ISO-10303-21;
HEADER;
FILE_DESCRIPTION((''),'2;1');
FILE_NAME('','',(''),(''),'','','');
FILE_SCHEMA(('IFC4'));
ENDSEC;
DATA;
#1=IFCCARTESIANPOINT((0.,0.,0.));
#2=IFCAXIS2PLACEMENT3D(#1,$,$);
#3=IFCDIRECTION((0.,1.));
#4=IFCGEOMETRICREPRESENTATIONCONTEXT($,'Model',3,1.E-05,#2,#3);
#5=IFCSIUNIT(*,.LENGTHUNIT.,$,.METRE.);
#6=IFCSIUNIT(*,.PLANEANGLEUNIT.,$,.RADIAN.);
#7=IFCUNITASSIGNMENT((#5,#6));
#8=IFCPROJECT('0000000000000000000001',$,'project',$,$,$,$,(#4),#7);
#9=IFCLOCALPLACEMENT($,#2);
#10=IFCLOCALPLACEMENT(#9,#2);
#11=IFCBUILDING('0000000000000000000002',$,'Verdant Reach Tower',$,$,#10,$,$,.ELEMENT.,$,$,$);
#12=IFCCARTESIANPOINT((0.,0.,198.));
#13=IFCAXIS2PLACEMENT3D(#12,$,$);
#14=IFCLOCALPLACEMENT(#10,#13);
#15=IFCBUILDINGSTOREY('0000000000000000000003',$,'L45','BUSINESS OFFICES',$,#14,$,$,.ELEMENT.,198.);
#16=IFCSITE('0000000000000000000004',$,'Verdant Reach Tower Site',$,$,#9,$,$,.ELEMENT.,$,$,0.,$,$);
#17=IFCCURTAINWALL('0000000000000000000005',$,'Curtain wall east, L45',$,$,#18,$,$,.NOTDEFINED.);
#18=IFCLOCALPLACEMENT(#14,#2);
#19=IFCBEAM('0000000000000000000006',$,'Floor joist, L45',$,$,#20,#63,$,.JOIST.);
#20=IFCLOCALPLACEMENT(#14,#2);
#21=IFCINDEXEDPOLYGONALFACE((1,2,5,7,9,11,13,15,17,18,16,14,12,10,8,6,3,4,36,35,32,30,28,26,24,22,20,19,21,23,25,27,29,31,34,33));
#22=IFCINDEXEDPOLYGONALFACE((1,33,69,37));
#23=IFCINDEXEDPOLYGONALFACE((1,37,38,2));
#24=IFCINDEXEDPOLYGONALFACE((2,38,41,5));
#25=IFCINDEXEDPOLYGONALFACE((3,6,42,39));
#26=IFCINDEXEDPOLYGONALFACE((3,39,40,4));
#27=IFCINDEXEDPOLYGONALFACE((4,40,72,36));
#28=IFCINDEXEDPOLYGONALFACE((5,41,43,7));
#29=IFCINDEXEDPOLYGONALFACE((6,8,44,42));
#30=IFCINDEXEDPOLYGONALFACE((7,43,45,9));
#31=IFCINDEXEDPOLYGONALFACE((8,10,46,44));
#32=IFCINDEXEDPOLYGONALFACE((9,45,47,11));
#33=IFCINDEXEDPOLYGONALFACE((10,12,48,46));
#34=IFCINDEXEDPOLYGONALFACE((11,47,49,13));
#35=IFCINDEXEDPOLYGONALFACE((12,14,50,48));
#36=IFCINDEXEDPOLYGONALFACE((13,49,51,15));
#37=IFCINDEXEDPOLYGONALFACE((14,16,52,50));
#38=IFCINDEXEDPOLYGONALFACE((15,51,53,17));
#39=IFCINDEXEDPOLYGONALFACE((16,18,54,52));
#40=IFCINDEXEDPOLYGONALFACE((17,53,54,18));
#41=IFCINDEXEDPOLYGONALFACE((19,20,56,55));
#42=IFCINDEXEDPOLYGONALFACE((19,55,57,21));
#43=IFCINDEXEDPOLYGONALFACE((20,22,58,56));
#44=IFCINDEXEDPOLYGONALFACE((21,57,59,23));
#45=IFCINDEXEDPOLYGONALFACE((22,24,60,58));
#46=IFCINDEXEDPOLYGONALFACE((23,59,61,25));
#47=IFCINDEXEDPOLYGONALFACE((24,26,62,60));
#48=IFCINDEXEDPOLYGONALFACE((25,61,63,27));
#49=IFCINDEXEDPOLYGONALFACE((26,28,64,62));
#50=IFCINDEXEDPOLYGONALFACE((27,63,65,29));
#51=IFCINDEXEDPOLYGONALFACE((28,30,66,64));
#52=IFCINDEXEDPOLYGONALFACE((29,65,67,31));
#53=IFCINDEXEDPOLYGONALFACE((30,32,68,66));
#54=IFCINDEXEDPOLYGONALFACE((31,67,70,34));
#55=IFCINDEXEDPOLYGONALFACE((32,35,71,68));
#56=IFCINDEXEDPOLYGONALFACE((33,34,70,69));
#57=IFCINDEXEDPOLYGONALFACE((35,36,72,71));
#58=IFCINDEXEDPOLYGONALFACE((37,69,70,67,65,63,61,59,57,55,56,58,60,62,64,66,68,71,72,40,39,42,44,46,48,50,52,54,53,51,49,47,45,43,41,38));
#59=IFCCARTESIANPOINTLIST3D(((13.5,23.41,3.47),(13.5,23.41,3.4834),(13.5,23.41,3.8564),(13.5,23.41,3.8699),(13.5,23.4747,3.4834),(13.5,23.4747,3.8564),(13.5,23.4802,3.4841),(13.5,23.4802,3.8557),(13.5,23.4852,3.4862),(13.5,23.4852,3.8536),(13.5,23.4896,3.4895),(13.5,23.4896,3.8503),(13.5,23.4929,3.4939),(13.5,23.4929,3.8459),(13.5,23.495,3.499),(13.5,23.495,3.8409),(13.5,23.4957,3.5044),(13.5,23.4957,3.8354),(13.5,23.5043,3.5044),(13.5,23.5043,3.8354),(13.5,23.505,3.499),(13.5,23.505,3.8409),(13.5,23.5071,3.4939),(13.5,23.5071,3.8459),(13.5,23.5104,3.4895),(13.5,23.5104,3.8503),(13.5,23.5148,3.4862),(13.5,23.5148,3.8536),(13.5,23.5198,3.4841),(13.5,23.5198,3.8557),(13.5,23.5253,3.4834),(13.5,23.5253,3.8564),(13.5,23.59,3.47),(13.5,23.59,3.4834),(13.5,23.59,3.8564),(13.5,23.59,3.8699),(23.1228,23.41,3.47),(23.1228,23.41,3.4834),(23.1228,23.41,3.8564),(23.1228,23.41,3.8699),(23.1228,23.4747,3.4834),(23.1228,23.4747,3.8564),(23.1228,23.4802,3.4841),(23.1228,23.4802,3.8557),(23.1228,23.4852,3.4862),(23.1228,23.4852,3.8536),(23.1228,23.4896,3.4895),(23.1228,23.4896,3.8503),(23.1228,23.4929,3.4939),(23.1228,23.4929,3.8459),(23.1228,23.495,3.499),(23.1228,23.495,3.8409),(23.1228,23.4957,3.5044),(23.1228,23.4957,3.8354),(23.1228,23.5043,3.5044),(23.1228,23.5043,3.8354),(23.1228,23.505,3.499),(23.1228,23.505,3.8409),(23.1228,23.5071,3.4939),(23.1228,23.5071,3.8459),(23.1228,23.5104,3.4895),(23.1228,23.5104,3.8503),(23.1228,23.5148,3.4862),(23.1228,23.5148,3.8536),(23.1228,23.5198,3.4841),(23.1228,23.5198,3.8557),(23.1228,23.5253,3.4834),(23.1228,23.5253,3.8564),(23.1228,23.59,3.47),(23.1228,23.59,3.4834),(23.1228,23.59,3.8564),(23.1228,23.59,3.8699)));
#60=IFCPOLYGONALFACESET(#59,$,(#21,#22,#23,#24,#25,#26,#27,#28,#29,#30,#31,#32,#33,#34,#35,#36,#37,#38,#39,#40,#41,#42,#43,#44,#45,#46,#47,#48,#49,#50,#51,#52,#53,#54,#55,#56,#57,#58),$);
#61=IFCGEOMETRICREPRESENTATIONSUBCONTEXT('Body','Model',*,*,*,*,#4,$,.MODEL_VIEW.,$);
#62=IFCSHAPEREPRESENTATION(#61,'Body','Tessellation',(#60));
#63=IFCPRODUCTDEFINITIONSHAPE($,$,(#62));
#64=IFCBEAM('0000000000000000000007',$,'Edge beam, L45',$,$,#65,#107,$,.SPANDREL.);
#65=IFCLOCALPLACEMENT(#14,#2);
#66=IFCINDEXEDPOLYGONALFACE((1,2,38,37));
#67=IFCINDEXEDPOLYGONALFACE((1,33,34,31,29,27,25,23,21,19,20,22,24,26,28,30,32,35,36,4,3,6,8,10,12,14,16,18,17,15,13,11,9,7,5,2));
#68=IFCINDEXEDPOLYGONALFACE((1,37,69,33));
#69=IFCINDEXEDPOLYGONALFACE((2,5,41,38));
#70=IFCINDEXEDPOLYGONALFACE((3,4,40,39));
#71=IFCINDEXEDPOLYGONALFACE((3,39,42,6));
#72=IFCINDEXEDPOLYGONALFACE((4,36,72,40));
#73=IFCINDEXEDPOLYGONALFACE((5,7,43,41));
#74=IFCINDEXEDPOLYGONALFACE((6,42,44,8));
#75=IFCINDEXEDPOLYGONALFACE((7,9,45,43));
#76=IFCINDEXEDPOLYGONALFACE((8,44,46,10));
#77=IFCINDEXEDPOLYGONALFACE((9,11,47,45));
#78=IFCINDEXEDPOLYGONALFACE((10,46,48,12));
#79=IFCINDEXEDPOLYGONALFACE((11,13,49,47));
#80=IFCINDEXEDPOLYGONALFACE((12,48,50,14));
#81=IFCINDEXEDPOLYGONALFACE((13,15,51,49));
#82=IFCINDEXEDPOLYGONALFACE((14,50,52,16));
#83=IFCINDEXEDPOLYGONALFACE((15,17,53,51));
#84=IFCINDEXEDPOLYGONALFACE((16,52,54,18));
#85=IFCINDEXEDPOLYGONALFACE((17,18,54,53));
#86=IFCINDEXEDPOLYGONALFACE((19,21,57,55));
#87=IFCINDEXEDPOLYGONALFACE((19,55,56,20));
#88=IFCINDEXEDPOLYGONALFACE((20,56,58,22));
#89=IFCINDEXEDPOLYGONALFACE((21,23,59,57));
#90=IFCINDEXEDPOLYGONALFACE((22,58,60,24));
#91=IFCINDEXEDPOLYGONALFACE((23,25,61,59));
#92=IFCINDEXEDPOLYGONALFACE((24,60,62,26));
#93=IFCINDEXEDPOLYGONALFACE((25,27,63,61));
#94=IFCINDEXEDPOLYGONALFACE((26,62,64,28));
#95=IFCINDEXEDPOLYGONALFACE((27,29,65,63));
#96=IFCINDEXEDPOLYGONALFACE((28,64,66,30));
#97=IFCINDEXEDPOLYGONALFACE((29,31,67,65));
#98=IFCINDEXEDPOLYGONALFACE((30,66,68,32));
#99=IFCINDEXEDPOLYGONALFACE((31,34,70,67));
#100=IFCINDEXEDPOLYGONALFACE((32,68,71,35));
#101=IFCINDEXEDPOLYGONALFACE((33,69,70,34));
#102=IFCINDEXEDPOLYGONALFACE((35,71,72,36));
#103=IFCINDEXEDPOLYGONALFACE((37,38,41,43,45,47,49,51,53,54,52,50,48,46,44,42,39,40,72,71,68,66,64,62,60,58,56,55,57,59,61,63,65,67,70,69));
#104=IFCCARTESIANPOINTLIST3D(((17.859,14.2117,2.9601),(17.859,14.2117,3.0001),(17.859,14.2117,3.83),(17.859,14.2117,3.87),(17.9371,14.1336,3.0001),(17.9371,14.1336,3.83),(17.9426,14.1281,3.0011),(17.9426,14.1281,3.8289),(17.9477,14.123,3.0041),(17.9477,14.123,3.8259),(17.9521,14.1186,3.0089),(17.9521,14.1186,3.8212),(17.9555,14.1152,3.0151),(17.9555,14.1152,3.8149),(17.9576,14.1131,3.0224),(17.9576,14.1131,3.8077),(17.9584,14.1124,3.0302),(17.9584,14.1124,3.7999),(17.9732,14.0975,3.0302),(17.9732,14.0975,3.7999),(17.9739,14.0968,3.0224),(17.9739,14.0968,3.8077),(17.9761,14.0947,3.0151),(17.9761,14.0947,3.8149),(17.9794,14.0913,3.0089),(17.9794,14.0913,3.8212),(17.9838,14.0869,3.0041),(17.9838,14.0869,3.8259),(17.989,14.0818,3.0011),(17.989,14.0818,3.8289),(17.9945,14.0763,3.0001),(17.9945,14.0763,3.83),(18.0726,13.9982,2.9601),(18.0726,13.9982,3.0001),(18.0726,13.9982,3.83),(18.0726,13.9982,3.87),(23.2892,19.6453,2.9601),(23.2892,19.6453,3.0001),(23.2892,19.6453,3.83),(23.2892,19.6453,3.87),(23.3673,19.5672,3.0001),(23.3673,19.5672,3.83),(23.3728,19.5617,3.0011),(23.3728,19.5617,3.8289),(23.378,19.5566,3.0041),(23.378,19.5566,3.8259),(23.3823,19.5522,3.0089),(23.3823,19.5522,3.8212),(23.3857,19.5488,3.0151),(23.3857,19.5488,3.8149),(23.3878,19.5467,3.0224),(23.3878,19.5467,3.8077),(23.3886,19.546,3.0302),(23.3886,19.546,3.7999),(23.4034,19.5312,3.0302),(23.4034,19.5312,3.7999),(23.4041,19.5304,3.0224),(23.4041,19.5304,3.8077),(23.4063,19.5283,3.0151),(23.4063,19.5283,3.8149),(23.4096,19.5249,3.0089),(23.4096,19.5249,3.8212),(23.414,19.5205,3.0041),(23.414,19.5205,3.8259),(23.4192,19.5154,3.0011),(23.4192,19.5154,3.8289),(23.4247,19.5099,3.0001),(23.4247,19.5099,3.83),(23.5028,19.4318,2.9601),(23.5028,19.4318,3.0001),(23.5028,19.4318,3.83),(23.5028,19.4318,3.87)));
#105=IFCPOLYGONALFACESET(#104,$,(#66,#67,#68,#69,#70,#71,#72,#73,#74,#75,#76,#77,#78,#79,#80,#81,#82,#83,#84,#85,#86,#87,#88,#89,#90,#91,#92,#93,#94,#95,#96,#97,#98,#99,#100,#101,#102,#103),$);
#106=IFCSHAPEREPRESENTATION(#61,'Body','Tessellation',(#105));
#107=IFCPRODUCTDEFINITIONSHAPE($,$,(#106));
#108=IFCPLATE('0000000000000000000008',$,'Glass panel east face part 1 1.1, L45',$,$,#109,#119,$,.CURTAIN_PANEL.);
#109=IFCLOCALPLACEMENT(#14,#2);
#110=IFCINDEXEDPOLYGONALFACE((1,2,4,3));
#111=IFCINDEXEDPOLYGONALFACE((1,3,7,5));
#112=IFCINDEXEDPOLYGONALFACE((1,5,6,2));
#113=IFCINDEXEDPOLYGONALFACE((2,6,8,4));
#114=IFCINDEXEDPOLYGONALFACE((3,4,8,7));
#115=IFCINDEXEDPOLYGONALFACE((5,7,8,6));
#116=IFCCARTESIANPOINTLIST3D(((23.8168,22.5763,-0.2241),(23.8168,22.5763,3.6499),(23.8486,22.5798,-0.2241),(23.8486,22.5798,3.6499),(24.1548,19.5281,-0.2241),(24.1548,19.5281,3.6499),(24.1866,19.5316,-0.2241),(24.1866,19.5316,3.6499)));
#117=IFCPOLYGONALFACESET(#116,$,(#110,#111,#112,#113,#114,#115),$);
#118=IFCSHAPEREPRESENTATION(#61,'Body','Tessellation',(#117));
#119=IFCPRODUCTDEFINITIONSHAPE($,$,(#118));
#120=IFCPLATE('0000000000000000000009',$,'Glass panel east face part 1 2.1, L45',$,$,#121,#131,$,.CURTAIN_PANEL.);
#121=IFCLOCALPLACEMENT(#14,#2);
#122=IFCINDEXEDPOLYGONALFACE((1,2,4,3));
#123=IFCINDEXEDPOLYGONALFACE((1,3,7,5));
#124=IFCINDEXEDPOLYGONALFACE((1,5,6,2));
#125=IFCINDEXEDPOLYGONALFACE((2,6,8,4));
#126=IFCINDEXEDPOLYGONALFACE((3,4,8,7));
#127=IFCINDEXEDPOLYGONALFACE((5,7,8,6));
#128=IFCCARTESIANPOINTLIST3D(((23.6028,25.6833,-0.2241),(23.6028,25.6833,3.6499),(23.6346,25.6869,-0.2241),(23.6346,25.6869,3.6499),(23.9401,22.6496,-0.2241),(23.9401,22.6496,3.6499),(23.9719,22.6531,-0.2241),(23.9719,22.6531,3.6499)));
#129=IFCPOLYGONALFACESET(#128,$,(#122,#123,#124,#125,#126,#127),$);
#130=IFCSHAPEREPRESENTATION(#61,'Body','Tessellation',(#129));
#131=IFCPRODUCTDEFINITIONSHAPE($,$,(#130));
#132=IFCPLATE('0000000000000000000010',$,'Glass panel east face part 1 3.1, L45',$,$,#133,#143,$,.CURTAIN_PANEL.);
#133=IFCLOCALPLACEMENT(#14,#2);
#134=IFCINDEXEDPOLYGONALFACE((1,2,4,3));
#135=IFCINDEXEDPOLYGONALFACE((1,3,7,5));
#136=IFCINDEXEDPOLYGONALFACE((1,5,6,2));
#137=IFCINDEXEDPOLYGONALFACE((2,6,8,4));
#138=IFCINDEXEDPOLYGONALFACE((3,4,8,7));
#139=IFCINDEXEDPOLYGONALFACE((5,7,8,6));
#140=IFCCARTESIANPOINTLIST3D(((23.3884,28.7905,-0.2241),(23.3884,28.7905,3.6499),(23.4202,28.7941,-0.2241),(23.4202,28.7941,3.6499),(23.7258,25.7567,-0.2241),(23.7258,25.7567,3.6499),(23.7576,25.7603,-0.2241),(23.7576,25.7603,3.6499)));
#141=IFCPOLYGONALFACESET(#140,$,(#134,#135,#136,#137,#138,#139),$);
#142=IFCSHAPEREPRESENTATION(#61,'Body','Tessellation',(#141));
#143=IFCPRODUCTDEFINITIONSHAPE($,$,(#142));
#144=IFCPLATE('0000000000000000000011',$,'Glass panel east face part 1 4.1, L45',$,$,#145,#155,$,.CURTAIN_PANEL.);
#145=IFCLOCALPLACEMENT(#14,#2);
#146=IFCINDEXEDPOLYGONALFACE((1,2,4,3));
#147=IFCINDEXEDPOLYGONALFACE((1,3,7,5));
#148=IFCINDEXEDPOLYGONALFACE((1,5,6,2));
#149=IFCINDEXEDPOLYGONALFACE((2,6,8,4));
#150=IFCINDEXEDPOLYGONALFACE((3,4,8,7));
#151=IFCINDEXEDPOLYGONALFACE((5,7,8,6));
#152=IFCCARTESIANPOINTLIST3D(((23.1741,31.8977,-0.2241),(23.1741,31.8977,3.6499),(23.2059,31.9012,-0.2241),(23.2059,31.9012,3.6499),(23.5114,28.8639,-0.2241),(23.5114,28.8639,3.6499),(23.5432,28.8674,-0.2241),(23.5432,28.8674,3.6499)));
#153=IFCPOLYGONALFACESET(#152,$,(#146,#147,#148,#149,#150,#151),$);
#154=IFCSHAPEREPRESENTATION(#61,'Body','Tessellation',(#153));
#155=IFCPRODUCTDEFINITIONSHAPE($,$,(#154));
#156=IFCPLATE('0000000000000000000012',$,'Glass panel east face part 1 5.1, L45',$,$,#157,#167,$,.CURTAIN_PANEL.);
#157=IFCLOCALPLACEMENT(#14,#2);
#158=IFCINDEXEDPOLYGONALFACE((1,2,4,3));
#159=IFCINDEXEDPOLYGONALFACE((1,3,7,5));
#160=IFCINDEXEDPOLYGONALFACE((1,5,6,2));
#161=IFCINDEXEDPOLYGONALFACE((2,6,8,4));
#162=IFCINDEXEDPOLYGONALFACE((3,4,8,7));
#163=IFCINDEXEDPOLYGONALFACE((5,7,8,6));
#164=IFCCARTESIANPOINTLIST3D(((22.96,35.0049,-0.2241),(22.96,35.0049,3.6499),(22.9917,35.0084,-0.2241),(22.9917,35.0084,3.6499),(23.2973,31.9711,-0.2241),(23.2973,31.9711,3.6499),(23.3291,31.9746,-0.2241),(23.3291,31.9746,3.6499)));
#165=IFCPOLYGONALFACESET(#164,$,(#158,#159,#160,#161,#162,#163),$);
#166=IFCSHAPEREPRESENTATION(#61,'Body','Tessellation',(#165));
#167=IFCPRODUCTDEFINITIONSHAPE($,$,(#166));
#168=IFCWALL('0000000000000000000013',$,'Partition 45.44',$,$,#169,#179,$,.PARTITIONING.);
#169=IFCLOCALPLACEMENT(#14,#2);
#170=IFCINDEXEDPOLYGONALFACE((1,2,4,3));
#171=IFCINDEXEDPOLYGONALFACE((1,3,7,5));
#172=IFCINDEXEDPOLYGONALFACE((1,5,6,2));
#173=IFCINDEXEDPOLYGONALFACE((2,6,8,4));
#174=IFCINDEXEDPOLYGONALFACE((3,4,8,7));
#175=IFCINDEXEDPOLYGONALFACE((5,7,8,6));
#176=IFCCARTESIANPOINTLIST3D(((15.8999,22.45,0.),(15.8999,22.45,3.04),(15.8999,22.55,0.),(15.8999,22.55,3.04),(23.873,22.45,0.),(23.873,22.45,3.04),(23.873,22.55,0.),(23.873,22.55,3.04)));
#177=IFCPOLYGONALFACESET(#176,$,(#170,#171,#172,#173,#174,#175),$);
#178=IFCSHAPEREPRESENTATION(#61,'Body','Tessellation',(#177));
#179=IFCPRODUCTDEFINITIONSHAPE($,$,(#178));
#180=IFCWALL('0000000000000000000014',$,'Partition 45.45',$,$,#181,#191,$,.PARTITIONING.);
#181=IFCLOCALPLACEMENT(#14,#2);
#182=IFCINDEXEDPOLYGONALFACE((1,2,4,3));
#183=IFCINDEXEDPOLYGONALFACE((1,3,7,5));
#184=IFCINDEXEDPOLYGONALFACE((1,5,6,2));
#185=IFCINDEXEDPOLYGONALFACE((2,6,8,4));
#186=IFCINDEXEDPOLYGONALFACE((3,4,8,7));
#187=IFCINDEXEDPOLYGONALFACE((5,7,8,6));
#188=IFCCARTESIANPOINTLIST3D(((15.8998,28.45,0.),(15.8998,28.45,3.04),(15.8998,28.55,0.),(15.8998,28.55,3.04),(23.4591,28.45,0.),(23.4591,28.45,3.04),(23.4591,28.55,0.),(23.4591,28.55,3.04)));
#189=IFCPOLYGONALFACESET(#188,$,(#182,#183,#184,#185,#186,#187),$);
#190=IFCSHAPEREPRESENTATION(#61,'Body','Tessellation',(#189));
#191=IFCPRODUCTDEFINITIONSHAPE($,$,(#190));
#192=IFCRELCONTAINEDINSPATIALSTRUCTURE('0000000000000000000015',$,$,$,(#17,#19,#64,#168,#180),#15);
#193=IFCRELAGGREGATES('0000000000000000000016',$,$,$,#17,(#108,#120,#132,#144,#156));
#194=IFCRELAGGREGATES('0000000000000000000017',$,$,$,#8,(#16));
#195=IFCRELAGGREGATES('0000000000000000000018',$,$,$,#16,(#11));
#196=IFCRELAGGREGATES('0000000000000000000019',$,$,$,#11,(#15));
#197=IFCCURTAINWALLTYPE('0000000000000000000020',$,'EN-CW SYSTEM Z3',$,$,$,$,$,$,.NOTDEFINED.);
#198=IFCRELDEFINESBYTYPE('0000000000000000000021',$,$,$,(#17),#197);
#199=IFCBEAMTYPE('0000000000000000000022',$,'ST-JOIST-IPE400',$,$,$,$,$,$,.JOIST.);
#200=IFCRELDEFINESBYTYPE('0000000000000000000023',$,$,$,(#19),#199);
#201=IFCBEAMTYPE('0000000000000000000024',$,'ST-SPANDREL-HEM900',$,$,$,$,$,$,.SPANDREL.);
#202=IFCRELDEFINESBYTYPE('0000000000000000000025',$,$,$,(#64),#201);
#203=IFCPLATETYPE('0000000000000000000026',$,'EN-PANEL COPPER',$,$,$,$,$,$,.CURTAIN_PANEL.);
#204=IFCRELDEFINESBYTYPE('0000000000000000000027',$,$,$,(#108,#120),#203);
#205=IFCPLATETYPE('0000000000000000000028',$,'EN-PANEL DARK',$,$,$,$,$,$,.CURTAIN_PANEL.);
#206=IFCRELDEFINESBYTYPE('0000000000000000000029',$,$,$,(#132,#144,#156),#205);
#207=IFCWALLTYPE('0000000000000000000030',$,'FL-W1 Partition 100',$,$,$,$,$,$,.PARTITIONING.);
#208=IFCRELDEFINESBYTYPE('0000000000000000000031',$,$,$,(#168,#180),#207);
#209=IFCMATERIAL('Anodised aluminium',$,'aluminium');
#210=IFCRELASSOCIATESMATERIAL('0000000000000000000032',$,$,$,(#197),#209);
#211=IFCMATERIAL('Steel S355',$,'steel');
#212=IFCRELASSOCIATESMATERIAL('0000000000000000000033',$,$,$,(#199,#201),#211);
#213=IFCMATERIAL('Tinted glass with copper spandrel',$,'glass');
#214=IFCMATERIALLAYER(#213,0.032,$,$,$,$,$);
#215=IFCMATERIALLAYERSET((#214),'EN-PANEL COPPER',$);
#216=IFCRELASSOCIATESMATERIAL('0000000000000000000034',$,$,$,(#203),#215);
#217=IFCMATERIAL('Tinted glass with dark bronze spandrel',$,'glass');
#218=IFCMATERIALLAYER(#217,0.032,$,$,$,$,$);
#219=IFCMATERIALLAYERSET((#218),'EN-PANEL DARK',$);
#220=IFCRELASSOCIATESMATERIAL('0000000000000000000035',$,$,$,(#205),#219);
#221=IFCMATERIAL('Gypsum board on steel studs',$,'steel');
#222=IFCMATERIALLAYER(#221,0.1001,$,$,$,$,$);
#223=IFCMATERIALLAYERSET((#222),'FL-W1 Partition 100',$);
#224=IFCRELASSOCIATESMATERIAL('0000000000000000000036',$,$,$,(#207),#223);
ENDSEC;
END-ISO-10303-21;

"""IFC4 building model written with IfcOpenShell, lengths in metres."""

from ifc_helpers import new_model, si_unit, direction, frame, frame_2d, origin, origin_2d, place, context, subcontext, project, spatial, rectangle, i_section, extrude, material, layer, layer_set, material_profile, profile_set, type_object, element, aggregate, save


model = new_model("IFC4")

# Units and contexts
model_context = context("Model", 3, precision=1e-05, world=origin(), true_north=direction((0.0, 1.0)))
body_context = subcontext(model_context, "Body", "Model", "MODEL_VIEW")
ifc_project = project(units=[si_unit("LENGTHUNIT", "METRE"), si_unit("PLANEANGLEUNIT", "RADIAN")], contexts=[model_context])

# Site, building, storey
site_placement = place(None, origin())
site = spatial("IfcSite", under=ifc_project, at=site_placement, Name="Verdant Reach Tower Site", CompositionType="ELEMENT", RefElevation=0.0)
building_placement = place(site_placement, origin())
building = spatial("IfcBuilding", under=site, at=building_placement, Name="Verdant Reach Tower", CompositionType="ELEMENT")
storey_placement = place(building_placement, frame((0.0, 0.0, 198.0)))
storey = spatial("IfcBuildingStorey", under=building, at=storey_placement, Name="L45", Description="BUSINESS OFFICES", CompositionType="ELEMENT", Elevation=198.0)

# Curtain wall
ifc_material_1 = material(Name="Anodised aluminium", Category="aluminium")
curtain_wall_type = type_object("IfcCurtainWallType", Name="EN-CW SYSTEM Z3", PredefinedType="NOTDEFINED", material=ifc_material_1)
curtain_wall_placement = place(storey_placement, origin())
curtain_wall = element("IfcCurtainWall", 1, at=curtain_wall_placement, inside=storey, type_object=curtain_wall_type, Name="Curtain wall east, L45", PredefinedType="NOTDEFINED")

# Beams
ifc_material_2 = material(Name="Steel S355", Category="steel")
ifc_material_profile_1 = material_profile(ifc_material_2, i_section(OverallWidth=0.1799, OverallDepth=0.3999, WebThickness=0.0085, FlangeThickness=0.0134, FilletRadius=0.021, at=origin_2d()), Name="IPE 400")
ifc_profile_set_1 = profile_set([ifc_material_profile_1], Name="Steel S355")
beam_type_1 = type_object("IfcBeamType", Name="ST-JOIST-IPE400", PredefinedType="JOIST", material=ifc_profile_set_1)
beam_1_placement = place(storey_placement, frame((13.5, 23.5, 3.6699), z_axis=(1.0, 0.0, 0.0), x_axis=(0.0, 1.0, 0.0)))
element("IfcBeam", 2, at=beam_1_placement, inside=storey, type_object=beam_type_1, Name="Floor joist, L45", PredefinedType="JOIST", context=body_context, shape_type="SweptSolid", body=[
    extrude(i_section(OverallWidth=0.1799, OverallDepth=0.3999, WebThickness=0.0085, FlangeThickness=0.0134, FilletRadius=0.021, at=origin_2d()), origin(), (0.0, 0.0, 1.0), 9.6228),
])
ifc_material_profile_2 = material_profile(ifc_material_2, i_section(OverallWidth=0.302, OverallDepth=0.9099, WebThickness=0.021, FlangeThickness=0.04, FilletRadius=0.03, at=origin_2d()), Name="HEM 900")
ifc_profile_set_2 = profile_set([ifc_material_profile_2], Name="Steel S355")
beam_type_2 = type_object("IfcBeamType", Name="ST-SPANDREL-HEM900", PredefinedType="SPANDREL", material=ifc_profile_set_2)
beam_2_placement = place(storey_placement, frame((23.396, 19.5386, 3.415), z_axis=(-0.706884, -0.707329, 0.0), x_axis=(0.707329, -0.706884, 0.0)))
element("IfcBeam", 3, at=beam_2_placement, inside=storey, type_object=beam_type_2, Name="Edge beam, L45", PredefinedType="SPANDREL", context=body_context, shape_type="SweptSolid", body=[
    extrude(i_section(OverallWidth=0.302, OverallDepth=0.9099, WebThickness=0.021, FlangeThickness=0.04, FilletRadius=0.03, at=origin_2d()), origin(), (0.0, 0.0, 1.0), 7.6819),
])

# Plates
ifc_material_3 = material(Name="Tinted glass with copper spandrel", Category="glass")
ifc_layer_1 = layer(ifc_material_3, 0.032)
ifc_layer_set_1 = layer_set([ifc_layer_1], Name="EN-PANEL COPPER")
plate_type_1 = type_object("IfcPlateType", Name="EN-PANEL COPPER", PredefinedType="CURTAIN_PANEL", material=ifc_layer_set_1)
plate_1_placement = place(storey_placement, frame((24.0017, 21.054, -0.2241), z_axis=(0.0, 0.0, 1.0), x_axis=(-0.110214, 0.993908, 0.0)))
plate_1 = element("IfcPlate", 4, at=plate_1_placement, type_object=plate_type_1, Name="Glass panel east face part 1 1.1, L45", PredefinedType="CURTAIN_PANEL", context=body_context, shape_type="SweptSolid", body=[
    extrude(rectangle(XDim=3.0669, YDim=0.032, at=origin_2d()), origin(), (0.0, 0.0, 1.0), 3.874),
])
plate_2_placement = place(storey_placement, frame((23.7874, 24.1682, -0.2241), z_axis=(0.0, 0.0, 1.0), x_axis=(-0.110518, 0.993874, 0.0)))
plate_2 = element("IfcPlate", 5, at=plate_2_placement, type_object=plate_type_1, Name="Glass panel east face part 1 2.1, L45", PredefinedType="CURTAIN_PANEL", context=body_context, shape_type="SweptSolid", body=[
    extrude(rectangle(XDim=3.0525, YDim=0.032, at=origin_2d()), origin(), (0.0, 0.0, 1.0), 3.874),
])
ifc_material_4 = material(Name="Tinted glass with dark bronze spandrel", Category="glass")
ifc_layer_2 = layer(ifc_material_4, 0.032)
ifc_layer_set_2 = layer_set([ifc_layer_2], Name="EN-PANEL DARK")
plate_type_2 = type_object("IfcPlateType", Name="EN-PANEL DARK", PredefinedType="CURTAIN_PANEL", material=ifc_layer_set_2)
plate_3_placement = place(storey_placement, frame((23.573, 27.2754, -0.2241), z_axis=(0.0, 0.0, 1.0), x_axis=(-0.110518, 0.993874, 0.0)))
plate_3 = element("IfcPlate", 6, at=plate_3_placement, type_object=plate_type_2, Name="Glass panel east face part 1 3.1, L45", PredefinedType="CURTAIN_PANEL", context=body_context, shape_type="SweptSolid", body=[
    extrude(rectangle(XDim=3.0525, YDim=0.032, at=origin_2d()), origin(), (0.0, 0.0, 1.0), 3.874),
])
plate_4_placement = place(storey_placement, frame((23.3586, 30.3826, -0.2241), z_axis=(0.0, 0.0, 1.0), x_axis=(-0.110518, 0.993874, 0.0)))
plate_4 = element("IfcPlate", 7, at=plate_4_placement, type_object=plate_type_2, Name="Glass panel east face part 1 4.1, L45", PredefinedType="CURTAIN_PANEL", context=body_context, shape_type="SweptSolid", body=[
    extrude(rectangle(XDim=3.0525, YDim=0.032, at=origin_2d()), origin(), (0.0, 0.0, 1.0), 3.874),
])
plate_5_placement = place(storey_placement, frame((23.1445, 33.4897, -0.2241), z_axis=(0.0, 0.0, 1.0), x_axis=(-0.110518, 0.993874, 0.0)))
plate_5 = element("IfcPlate", 8, at=plate_5_placement, type_object=plate_type_2, Name="Glass panel east face part 1 5.1, L45", PredefinedType="CURTAIN_PANEL", context=body_context, shape_type="SweptSolid", body=[
    extrude(rectangle(XDim=3.0525, YDim=0.032, at=origin_2d()), origin(), (0.0, 0.0, 1.0), 3.874),
])
aggregate(curtain_wall, [plate_1, plate_2, plate_3, plate_4, plate_5])

# Walls
ifc_material_5 = material(Name="Gypsum board on steel studs", Category="steel")
ifc_layer_3 = layer(ifc_material_5, 0.1001)
ifc_layer_set_3 = layer_set([ifc_layer_3], Name="FL-W1 Partition 100")
wall_type_1 = type_object("IfcWallType", Name="FL-W1 Partition 100", PredefinedType="PARTITIONING", material=ifc_layer_set_3)
wall_1_placement = place(storey_placement, frame((23.873, 22.5, 0.0), z_axis=(0.0, 0.0, 1.0), x_axis=(-1.0, 0.0, 0.0)))
element("IfcWall", 9, at=wall_1_placement, inside=storey, type_object=wall_type_1, Name="Partition 45.44", PredefinedType="PARTITIONING", context=body_context, shape_type="SweptSolid", body=[
    extrude(rectangle(XDim=7.9731, YDim=0.1001, at=frame_2d((3.9866, 0.0))), origin(), (0.0, 0.0, 1.0), 3.04),
])
wall_2_placement = place(storey_placement, frame((23.4592, 28.5, 0.0), z_axis=(0.0, 0.0, 1.0), x_axis=(-1.0, 0.0, 0.0)))
element("IfcWall", 10, at=wall_2_placement, inside=storey, type_object=wall_type_1, Name="Partition 45.45", PredefinedType="PARTITIONING", context=body_context, shape_type="SweptSolid", body=[
    extrude(rectangle(XDim=7.5593, YDim=0.1001, at=frame_2d((3.7798, 0.0))), origin(), (0.0, 0.0, 1.0), 3.04),
])

save(model, "model.ifc")
